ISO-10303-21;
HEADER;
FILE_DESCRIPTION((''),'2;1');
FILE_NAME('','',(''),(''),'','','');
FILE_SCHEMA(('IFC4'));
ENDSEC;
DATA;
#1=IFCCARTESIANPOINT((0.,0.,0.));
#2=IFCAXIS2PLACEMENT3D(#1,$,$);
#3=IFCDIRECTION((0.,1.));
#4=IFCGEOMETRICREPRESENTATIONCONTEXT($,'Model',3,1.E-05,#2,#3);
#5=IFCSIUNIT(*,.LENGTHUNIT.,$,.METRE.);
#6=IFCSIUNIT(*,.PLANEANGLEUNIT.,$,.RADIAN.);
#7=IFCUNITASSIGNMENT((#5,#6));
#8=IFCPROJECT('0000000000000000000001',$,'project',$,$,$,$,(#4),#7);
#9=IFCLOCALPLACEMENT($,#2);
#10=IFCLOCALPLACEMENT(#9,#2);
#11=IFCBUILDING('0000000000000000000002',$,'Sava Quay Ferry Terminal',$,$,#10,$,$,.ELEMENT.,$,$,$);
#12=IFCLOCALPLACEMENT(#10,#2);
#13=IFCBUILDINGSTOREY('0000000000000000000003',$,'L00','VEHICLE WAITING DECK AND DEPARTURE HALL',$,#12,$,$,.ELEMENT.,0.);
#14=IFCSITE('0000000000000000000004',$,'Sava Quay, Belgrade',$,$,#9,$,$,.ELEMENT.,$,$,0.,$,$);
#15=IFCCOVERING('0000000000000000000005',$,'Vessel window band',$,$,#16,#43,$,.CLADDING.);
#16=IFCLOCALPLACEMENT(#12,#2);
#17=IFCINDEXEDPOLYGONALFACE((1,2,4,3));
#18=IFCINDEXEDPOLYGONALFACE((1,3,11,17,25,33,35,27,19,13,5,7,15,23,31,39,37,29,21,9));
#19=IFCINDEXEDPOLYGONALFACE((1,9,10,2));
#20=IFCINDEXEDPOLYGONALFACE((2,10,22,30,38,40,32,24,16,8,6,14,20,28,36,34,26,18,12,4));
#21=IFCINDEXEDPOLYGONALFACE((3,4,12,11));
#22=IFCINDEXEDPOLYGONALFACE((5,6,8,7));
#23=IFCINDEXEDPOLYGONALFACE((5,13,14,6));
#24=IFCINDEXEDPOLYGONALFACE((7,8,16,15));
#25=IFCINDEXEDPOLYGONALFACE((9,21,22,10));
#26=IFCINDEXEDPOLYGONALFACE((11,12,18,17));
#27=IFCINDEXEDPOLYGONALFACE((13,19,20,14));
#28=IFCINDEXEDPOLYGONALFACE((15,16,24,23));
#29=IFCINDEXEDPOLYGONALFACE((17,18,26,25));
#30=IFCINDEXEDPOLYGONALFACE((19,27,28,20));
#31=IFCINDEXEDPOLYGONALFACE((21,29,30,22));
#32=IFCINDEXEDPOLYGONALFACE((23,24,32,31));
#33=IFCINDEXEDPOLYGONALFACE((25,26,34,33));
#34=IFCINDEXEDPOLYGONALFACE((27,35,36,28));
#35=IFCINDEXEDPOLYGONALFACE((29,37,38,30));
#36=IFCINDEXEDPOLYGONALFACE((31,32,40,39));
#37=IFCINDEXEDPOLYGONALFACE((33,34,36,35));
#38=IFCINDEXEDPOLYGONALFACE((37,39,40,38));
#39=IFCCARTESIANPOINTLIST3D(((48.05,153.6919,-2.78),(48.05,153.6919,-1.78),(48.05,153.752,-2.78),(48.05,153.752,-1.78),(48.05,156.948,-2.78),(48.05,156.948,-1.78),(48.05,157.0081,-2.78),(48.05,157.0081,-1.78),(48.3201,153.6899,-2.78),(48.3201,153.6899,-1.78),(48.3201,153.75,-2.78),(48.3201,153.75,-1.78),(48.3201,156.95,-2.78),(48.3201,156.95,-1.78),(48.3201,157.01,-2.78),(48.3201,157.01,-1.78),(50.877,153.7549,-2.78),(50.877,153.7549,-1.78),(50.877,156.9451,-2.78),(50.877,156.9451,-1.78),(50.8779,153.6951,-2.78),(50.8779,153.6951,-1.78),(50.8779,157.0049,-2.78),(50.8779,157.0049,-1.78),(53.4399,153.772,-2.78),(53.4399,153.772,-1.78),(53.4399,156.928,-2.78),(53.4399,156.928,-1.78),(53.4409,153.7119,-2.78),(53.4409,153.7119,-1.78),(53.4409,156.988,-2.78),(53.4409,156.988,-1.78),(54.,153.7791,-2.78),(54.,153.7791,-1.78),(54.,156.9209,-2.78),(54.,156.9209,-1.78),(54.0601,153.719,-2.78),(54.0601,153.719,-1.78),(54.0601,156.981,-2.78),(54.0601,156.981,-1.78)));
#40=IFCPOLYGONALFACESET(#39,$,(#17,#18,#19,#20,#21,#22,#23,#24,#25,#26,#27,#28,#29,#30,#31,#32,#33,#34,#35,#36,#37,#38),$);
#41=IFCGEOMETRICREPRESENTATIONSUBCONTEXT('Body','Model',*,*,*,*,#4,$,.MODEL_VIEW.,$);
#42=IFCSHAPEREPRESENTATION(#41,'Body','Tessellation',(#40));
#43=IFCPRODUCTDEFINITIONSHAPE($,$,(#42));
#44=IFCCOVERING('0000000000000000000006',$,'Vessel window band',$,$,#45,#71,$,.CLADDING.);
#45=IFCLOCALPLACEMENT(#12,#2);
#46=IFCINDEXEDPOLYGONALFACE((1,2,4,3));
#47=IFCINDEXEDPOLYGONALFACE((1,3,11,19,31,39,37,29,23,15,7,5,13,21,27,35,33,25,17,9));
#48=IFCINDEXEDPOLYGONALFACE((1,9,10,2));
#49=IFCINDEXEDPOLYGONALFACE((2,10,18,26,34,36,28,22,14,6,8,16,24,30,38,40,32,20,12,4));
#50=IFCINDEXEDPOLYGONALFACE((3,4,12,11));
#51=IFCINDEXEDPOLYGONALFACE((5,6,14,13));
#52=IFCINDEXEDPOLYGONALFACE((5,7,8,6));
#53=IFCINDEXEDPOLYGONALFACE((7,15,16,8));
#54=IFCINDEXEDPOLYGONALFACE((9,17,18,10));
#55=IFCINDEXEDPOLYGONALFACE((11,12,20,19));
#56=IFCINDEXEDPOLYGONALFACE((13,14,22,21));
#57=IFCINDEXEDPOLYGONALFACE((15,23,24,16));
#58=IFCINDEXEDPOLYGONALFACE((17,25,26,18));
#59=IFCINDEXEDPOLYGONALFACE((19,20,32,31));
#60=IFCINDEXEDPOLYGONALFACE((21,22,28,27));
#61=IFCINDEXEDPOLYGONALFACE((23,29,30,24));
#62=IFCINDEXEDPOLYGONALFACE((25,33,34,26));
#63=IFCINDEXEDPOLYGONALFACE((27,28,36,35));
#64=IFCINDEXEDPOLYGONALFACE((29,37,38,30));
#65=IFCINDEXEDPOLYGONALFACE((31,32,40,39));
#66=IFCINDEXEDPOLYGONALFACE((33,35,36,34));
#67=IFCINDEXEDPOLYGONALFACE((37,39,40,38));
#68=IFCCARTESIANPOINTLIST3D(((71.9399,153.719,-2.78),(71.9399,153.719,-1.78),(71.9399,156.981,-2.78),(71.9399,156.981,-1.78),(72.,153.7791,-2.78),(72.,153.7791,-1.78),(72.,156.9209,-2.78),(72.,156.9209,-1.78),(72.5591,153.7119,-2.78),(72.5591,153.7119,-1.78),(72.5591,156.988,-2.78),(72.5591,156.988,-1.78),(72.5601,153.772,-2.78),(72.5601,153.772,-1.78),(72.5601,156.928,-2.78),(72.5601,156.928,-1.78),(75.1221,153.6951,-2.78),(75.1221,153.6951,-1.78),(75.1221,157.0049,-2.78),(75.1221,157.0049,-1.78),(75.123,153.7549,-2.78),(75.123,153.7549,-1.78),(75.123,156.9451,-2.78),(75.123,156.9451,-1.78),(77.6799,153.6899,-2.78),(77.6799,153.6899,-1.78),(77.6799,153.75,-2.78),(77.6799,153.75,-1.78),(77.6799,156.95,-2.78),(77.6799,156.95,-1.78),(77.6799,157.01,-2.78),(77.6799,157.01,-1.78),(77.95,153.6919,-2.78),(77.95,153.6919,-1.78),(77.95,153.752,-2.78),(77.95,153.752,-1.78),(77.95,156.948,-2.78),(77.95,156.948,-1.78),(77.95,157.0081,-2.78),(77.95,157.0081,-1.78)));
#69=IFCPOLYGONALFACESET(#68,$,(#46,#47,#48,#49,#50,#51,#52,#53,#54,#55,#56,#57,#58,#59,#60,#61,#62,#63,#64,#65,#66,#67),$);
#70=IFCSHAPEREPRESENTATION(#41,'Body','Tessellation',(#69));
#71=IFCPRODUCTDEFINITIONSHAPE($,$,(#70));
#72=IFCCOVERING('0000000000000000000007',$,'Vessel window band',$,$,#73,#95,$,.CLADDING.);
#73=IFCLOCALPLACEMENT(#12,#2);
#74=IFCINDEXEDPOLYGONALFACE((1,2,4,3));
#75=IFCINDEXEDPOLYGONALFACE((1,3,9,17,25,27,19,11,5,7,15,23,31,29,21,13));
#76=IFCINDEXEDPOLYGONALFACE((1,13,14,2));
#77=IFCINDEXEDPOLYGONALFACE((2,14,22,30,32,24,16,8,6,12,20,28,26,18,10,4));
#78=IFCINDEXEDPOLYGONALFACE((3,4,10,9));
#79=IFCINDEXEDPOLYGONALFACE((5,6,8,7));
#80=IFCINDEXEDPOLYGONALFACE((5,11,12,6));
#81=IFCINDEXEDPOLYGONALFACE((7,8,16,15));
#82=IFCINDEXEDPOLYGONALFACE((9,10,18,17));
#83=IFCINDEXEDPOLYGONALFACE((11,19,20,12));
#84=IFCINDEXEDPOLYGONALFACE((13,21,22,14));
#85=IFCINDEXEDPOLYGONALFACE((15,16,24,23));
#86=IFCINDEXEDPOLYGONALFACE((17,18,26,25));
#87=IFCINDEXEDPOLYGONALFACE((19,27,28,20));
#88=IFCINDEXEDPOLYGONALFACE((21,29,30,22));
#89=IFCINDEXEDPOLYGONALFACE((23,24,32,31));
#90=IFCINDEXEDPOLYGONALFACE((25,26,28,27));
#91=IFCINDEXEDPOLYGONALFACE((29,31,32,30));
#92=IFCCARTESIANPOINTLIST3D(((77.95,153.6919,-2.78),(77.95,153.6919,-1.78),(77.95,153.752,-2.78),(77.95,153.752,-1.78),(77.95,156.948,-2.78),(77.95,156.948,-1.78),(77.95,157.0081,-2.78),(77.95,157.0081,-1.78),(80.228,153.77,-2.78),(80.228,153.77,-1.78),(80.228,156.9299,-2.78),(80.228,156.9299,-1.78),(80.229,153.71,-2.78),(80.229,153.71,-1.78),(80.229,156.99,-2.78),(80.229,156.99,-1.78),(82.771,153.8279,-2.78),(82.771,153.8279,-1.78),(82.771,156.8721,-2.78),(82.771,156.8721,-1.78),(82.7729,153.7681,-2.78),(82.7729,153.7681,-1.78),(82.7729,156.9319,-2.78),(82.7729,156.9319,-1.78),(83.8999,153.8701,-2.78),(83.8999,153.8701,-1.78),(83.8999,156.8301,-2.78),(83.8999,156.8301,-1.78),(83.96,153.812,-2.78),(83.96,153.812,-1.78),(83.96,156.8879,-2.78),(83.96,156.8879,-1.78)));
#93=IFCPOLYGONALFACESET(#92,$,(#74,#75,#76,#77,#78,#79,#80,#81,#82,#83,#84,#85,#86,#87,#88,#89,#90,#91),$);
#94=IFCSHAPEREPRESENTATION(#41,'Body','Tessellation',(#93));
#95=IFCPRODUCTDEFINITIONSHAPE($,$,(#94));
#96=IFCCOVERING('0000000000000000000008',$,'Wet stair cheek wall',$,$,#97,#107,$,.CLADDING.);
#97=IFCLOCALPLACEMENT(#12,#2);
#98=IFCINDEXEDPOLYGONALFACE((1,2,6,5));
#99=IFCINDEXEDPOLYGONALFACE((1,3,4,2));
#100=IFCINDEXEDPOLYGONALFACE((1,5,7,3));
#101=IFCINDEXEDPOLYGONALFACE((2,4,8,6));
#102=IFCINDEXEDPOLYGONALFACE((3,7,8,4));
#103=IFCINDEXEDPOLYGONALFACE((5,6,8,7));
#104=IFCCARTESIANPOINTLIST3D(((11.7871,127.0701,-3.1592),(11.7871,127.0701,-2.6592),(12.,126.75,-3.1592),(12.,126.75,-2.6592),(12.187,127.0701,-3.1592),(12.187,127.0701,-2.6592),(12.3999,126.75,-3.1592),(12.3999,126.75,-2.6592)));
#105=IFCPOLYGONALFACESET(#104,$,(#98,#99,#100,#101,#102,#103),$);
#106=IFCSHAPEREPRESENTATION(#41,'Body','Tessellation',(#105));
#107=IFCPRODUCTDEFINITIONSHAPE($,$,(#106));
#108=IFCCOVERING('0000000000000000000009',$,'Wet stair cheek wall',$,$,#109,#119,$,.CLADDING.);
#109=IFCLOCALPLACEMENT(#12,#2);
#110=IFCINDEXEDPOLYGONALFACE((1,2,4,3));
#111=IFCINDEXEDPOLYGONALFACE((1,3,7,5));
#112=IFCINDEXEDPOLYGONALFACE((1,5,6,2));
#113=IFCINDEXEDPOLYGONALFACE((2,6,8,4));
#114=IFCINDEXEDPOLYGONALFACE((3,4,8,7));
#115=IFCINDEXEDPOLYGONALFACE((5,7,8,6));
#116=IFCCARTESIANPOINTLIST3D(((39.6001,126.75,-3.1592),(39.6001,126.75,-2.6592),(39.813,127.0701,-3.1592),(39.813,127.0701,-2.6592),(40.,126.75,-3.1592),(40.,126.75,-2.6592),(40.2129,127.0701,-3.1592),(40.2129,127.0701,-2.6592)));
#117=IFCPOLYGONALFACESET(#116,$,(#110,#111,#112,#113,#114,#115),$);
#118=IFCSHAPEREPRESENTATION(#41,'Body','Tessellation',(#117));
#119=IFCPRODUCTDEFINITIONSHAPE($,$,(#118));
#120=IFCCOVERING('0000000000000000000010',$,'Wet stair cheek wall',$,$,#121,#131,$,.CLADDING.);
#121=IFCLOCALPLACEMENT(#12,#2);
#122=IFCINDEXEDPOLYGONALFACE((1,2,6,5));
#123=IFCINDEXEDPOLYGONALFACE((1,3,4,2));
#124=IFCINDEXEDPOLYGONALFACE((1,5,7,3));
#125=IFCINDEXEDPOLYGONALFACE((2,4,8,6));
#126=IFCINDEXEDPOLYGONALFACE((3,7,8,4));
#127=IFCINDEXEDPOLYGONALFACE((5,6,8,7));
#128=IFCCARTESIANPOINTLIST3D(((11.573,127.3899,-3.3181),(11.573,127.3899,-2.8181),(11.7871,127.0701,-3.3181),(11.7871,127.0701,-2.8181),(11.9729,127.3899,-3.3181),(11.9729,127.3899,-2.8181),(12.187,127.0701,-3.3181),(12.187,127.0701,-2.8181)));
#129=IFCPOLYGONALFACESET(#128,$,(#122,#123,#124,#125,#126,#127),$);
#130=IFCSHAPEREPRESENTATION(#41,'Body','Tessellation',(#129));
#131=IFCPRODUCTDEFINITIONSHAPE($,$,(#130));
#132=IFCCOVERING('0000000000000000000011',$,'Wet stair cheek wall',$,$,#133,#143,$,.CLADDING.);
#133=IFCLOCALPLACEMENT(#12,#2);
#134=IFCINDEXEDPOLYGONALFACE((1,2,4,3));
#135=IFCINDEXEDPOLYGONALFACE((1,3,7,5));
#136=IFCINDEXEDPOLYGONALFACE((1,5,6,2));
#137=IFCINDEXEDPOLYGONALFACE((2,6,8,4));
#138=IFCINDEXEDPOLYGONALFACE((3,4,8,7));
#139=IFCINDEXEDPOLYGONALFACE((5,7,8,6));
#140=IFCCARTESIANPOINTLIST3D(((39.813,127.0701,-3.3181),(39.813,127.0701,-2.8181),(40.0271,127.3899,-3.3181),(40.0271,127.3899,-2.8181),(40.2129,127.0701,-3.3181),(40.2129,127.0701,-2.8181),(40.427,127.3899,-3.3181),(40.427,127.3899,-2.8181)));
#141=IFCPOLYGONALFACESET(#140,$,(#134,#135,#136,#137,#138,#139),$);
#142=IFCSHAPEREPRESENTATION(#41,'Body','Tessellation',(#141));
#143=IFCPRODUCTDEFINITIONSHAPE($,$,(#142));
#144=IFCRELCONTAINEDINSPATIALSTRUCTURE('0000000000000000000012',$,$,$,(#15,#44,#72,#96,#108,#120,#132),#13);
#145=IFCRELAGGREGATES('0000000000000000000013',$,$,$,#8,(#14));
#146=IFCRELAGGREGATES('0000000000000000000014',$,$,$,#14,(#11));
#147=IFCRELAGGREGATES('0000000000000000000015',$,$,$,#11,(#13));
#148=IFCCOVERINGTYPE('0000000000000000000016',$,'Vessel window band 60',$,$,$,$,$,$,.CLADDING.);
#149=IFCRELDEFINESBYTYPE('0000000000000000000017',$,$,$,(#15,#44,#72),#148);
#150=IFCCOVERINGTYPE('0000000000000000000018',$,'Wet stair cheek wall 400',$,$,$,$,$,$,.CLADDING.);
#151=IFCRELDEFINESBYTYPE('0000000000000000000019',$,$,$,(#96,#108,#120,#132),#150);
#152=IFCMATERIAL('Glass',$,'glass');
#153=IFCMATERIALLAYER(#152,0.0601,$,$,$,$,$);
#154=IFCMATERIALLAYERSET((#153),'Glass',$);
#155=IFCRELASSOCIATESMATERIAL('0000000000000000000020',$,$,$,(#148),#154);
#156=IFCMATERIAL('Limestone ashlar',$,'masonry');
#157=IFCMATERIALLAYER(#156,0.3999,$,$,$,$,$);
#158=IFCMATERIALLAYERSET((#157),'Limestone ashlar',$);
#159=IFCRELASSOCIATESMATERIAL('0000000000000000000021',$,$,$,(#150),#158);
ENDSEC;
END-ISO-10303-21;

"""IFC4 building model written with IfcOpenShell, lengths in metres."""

from ifc_helpers import new_model, si_unit, direction, frame, origin, place, context, subcontext, project, spatial, polyline, outline, extrude, material, layer, layer_set, type_object, element, save


model = new_model("IFC4")

# Units and contexts
model_context = context("Model", 3, precision=1e-05, world=origin(), true_north=direction((0.0, 1.0)))
body_context = subcontext(model_context, "Body", "Model", "MODEL_VIEW")
ifc_project = project(units=[si_unit("LENGTHUNIT", "METRE"), si_unit("PLANEANGLEUNIT", "RADIAN")], contexts=[model_context])

# Site, building, storey
site_placement = place(None, origin())
site = spatial("IfcSite", under=ifc_project, at=site_placement, Name="Sava Quay, Belgrade", CompositionType="ELEMENT", RefElevation=0.0)
building_placement = place(site_placement, origin())
building = spatial("IfcBuilding", under=site, at=building_placement, Name="Sava Quay Ferry Terminal", CompositionType="ELEMENT")
storey_placement = place(building_placement, origin())
storey = spatial("IfcBuildingStorey", under=building, at=storey_placement, Name="L00", Description="VEHICLE WAITING DECK AND DEPARTURE HALL", CompositionType="ELEMENT", Elevation=0.0)

# Coverings
ifc_material_1 = material(Name="Glass", Category="glass")
ifc_layer_1 = layer(ifc_material_1, 0.0601)
ifc_layer_set_1 = layer_set([ifc_layer_1], Name="Glass")
covering_type_1 = type_object("IfcCoveringType", Name="Vessel window band 60", PredefinedType="CLADDING", material=ifc_layer_set_1)
covering_1_placement = place(storey_placement, frame((0.0, 0.0, -2.78)))
element("IfcCovering", 1, at=covering_1_placement, inside=storey, type_object=covering_type_1, Name="Vessel window band", PredefinedType="CLADDING", context=body_context, shape_type="SweptSolid", body=[
    extrude(outline(polyline([(48.3201, 157.01), (48.05, 157.0081), (48.05, 156.948), (48.3201, 156.95), (50.877, 156.9451), (53.4399, 156.928), (54.0, 156.9209), (54.0, 153.7791), (53.4399, 153.772), (50.877, 153.7549), (48.3201, 153.75), (48.05, 153.752), (48.05, 153.6919), (48.3201, 153.6899), (50.8779, 153.6951), (53.4409, 153.7119), (54.0601, 153.719), (54.0601, 156.981), (53.4409, 156.988), (50.8779, 157.0049), (48.3201, 157.01)])), origin(), (0.0, 0.0, 1.0), 1.0),
])
covering_2_placement = place(storey_placement, frame((0.0, 0.0, -2.78)))
element("IfcCovering", 2, at=covering_2_placement, inside=storey, type_object=covering_type_1, Name="Vessel window band", PredefinedType="CLADDING", context=body_context, shape_type="SweptSolid", body=[
    extrude(outline(polyline([(77.6799, 157.01), (75.1221, 157.0049), (72.5591, 156.988), (71.9399, 156.981), (71.9399, 153.719), (72.5591, 153.7119), (75.1221, 153.6951), (77.6799, 153.6899), (77.95, 153.6919), (77.95, 153.752), (77.6799, 153.75), (75.123, 153.7549), (72.5601, 153.772), (72.0, 153.7791), (72.0, 156.9209), (72.5601, 156.928), (75.123, 156.9451), (77.6799, 156.95), (77.95, 156.948), (77.95, 157.0081), (77.6799, 157.01)])), origin(), (0.0, 0.0, 1.0), 1.0),
])
covering_3_placement = place(storey_placement, frame((0.0, 0.0, -2.78)))
element("IfcCovering", 3, at=covering_3_placement, inside=storey, type_object=covering_type_1, Name="Vessel window band", PredefinedType="CLADDING", context=body_context, shape_type="SweptSolid", body=[
    extrude(outline(polyline([(80.229, 156.99), (77.95, 157.0081), (77.95, 156.948), (80.228, 156.9299), (82.771, 156.8721), (83.8999, 156.8301), (83.8999, 153.8701), (82.771, 153.8279), (80.228, 153.77), (77.95, 153.752), (77.95, 153.6919), (80.229, 153.71), (82.7729, 153.7681), (83.96, 153.812), (83.96, 156.8879), (82.7729, 156.9319), (80.229, 156.99)])), origin(), (0.0, 0.0, 1.0), 1.0),
])
ifc_material_2 = material(Name="Limestone ashlar", Category="masonry")
ifc_layer_2 = layer(ifc_material_2, 0.3999)
ifc_layer_set_2 = layer_set([ifc_layer_2], Name="Limestone ashlar")
covering_type_2 = type_object("IfcCoveringType", Name="Wet stair cheek wall 400", PredefinedType="CLADDING", material=ifc_layer_set_2)
covering_4_placement = place(storey_placement, frame((0.0, 0.0, -3.1592)))
element("IfcCovering", 4, at=covering_4_placement, inside=storey, type_object=covering_type_2, Name="Wet stair cheek wall", PredefinedType="CLADDING", context=body_context, shape_type="SweptSolid", body=[
    extrude(outline(polyline([(12.0, 126.75), (12.3999, 126.75), (12.187, 127.0701), (11.7871, 127.0701), (12.0, 126.75)])), origin(), (0.0, 0.0, 1.0), 0.5),
])
covering_5_placement = place(storey_placement, frame((0.0, 0.0, -3.1592)))
element("IfcCovering", 5, at=covering_5_placement, inside=storey, type_object=covering_type_2, Name="Wet stair cheek wall", PredefinedType="CLADDING", context=body_context, shape_type="SweptSolid", body=[
    extrude(outline(polyline([(39.6001, 126.75), (40.0, 126.75), (40.2129, 127.0701), (39.813, 127.0701), (39.6001, 126.75)])), origin(), (0.0, 0.0, 1.0), 0.5),
])
covering_6_placement = place(storey_placement, frame((0.0, 0.0, -3.3181)))
element("IfcCovering", 6, at=covering_6_placement, inside=storey, type_object=covering_type_2, Name="Wet stair cheek wall", PredefinedType="CLADDING", context=body_context, shape_type="SweptSolid", body=[
    extrude(outline(polyline([(11.7871, 127.0701), (12.187, 127.0701), (11.9729, 127.3899), (11.573, 127.3899), (11.7871, 127.0701)])), origin(), (0.0, 0.0, 1.0), 0.5),
])
covering_7_placement = place(storey_placement, frame((0.0, 0.0, -3.3181)))
element("IfcCovering", 7, at=covering_7_placement, inside=storey, type_object=covering_type_2, Name="Wet stair cheek wall", PredefinedType="CLADDING", context=body_context, shape_type="SweptSolid", body=[
    extrude(outline(polyline([(39.813, 127.0701), (40.2129, 127.0701), (40.427, 127.3899), (40.0271, 127.3899), (39.813, 127.0701)])), origin(), (0.0, 0.0, 1.0), 0.5),
])

save(model, "model.ifc")
